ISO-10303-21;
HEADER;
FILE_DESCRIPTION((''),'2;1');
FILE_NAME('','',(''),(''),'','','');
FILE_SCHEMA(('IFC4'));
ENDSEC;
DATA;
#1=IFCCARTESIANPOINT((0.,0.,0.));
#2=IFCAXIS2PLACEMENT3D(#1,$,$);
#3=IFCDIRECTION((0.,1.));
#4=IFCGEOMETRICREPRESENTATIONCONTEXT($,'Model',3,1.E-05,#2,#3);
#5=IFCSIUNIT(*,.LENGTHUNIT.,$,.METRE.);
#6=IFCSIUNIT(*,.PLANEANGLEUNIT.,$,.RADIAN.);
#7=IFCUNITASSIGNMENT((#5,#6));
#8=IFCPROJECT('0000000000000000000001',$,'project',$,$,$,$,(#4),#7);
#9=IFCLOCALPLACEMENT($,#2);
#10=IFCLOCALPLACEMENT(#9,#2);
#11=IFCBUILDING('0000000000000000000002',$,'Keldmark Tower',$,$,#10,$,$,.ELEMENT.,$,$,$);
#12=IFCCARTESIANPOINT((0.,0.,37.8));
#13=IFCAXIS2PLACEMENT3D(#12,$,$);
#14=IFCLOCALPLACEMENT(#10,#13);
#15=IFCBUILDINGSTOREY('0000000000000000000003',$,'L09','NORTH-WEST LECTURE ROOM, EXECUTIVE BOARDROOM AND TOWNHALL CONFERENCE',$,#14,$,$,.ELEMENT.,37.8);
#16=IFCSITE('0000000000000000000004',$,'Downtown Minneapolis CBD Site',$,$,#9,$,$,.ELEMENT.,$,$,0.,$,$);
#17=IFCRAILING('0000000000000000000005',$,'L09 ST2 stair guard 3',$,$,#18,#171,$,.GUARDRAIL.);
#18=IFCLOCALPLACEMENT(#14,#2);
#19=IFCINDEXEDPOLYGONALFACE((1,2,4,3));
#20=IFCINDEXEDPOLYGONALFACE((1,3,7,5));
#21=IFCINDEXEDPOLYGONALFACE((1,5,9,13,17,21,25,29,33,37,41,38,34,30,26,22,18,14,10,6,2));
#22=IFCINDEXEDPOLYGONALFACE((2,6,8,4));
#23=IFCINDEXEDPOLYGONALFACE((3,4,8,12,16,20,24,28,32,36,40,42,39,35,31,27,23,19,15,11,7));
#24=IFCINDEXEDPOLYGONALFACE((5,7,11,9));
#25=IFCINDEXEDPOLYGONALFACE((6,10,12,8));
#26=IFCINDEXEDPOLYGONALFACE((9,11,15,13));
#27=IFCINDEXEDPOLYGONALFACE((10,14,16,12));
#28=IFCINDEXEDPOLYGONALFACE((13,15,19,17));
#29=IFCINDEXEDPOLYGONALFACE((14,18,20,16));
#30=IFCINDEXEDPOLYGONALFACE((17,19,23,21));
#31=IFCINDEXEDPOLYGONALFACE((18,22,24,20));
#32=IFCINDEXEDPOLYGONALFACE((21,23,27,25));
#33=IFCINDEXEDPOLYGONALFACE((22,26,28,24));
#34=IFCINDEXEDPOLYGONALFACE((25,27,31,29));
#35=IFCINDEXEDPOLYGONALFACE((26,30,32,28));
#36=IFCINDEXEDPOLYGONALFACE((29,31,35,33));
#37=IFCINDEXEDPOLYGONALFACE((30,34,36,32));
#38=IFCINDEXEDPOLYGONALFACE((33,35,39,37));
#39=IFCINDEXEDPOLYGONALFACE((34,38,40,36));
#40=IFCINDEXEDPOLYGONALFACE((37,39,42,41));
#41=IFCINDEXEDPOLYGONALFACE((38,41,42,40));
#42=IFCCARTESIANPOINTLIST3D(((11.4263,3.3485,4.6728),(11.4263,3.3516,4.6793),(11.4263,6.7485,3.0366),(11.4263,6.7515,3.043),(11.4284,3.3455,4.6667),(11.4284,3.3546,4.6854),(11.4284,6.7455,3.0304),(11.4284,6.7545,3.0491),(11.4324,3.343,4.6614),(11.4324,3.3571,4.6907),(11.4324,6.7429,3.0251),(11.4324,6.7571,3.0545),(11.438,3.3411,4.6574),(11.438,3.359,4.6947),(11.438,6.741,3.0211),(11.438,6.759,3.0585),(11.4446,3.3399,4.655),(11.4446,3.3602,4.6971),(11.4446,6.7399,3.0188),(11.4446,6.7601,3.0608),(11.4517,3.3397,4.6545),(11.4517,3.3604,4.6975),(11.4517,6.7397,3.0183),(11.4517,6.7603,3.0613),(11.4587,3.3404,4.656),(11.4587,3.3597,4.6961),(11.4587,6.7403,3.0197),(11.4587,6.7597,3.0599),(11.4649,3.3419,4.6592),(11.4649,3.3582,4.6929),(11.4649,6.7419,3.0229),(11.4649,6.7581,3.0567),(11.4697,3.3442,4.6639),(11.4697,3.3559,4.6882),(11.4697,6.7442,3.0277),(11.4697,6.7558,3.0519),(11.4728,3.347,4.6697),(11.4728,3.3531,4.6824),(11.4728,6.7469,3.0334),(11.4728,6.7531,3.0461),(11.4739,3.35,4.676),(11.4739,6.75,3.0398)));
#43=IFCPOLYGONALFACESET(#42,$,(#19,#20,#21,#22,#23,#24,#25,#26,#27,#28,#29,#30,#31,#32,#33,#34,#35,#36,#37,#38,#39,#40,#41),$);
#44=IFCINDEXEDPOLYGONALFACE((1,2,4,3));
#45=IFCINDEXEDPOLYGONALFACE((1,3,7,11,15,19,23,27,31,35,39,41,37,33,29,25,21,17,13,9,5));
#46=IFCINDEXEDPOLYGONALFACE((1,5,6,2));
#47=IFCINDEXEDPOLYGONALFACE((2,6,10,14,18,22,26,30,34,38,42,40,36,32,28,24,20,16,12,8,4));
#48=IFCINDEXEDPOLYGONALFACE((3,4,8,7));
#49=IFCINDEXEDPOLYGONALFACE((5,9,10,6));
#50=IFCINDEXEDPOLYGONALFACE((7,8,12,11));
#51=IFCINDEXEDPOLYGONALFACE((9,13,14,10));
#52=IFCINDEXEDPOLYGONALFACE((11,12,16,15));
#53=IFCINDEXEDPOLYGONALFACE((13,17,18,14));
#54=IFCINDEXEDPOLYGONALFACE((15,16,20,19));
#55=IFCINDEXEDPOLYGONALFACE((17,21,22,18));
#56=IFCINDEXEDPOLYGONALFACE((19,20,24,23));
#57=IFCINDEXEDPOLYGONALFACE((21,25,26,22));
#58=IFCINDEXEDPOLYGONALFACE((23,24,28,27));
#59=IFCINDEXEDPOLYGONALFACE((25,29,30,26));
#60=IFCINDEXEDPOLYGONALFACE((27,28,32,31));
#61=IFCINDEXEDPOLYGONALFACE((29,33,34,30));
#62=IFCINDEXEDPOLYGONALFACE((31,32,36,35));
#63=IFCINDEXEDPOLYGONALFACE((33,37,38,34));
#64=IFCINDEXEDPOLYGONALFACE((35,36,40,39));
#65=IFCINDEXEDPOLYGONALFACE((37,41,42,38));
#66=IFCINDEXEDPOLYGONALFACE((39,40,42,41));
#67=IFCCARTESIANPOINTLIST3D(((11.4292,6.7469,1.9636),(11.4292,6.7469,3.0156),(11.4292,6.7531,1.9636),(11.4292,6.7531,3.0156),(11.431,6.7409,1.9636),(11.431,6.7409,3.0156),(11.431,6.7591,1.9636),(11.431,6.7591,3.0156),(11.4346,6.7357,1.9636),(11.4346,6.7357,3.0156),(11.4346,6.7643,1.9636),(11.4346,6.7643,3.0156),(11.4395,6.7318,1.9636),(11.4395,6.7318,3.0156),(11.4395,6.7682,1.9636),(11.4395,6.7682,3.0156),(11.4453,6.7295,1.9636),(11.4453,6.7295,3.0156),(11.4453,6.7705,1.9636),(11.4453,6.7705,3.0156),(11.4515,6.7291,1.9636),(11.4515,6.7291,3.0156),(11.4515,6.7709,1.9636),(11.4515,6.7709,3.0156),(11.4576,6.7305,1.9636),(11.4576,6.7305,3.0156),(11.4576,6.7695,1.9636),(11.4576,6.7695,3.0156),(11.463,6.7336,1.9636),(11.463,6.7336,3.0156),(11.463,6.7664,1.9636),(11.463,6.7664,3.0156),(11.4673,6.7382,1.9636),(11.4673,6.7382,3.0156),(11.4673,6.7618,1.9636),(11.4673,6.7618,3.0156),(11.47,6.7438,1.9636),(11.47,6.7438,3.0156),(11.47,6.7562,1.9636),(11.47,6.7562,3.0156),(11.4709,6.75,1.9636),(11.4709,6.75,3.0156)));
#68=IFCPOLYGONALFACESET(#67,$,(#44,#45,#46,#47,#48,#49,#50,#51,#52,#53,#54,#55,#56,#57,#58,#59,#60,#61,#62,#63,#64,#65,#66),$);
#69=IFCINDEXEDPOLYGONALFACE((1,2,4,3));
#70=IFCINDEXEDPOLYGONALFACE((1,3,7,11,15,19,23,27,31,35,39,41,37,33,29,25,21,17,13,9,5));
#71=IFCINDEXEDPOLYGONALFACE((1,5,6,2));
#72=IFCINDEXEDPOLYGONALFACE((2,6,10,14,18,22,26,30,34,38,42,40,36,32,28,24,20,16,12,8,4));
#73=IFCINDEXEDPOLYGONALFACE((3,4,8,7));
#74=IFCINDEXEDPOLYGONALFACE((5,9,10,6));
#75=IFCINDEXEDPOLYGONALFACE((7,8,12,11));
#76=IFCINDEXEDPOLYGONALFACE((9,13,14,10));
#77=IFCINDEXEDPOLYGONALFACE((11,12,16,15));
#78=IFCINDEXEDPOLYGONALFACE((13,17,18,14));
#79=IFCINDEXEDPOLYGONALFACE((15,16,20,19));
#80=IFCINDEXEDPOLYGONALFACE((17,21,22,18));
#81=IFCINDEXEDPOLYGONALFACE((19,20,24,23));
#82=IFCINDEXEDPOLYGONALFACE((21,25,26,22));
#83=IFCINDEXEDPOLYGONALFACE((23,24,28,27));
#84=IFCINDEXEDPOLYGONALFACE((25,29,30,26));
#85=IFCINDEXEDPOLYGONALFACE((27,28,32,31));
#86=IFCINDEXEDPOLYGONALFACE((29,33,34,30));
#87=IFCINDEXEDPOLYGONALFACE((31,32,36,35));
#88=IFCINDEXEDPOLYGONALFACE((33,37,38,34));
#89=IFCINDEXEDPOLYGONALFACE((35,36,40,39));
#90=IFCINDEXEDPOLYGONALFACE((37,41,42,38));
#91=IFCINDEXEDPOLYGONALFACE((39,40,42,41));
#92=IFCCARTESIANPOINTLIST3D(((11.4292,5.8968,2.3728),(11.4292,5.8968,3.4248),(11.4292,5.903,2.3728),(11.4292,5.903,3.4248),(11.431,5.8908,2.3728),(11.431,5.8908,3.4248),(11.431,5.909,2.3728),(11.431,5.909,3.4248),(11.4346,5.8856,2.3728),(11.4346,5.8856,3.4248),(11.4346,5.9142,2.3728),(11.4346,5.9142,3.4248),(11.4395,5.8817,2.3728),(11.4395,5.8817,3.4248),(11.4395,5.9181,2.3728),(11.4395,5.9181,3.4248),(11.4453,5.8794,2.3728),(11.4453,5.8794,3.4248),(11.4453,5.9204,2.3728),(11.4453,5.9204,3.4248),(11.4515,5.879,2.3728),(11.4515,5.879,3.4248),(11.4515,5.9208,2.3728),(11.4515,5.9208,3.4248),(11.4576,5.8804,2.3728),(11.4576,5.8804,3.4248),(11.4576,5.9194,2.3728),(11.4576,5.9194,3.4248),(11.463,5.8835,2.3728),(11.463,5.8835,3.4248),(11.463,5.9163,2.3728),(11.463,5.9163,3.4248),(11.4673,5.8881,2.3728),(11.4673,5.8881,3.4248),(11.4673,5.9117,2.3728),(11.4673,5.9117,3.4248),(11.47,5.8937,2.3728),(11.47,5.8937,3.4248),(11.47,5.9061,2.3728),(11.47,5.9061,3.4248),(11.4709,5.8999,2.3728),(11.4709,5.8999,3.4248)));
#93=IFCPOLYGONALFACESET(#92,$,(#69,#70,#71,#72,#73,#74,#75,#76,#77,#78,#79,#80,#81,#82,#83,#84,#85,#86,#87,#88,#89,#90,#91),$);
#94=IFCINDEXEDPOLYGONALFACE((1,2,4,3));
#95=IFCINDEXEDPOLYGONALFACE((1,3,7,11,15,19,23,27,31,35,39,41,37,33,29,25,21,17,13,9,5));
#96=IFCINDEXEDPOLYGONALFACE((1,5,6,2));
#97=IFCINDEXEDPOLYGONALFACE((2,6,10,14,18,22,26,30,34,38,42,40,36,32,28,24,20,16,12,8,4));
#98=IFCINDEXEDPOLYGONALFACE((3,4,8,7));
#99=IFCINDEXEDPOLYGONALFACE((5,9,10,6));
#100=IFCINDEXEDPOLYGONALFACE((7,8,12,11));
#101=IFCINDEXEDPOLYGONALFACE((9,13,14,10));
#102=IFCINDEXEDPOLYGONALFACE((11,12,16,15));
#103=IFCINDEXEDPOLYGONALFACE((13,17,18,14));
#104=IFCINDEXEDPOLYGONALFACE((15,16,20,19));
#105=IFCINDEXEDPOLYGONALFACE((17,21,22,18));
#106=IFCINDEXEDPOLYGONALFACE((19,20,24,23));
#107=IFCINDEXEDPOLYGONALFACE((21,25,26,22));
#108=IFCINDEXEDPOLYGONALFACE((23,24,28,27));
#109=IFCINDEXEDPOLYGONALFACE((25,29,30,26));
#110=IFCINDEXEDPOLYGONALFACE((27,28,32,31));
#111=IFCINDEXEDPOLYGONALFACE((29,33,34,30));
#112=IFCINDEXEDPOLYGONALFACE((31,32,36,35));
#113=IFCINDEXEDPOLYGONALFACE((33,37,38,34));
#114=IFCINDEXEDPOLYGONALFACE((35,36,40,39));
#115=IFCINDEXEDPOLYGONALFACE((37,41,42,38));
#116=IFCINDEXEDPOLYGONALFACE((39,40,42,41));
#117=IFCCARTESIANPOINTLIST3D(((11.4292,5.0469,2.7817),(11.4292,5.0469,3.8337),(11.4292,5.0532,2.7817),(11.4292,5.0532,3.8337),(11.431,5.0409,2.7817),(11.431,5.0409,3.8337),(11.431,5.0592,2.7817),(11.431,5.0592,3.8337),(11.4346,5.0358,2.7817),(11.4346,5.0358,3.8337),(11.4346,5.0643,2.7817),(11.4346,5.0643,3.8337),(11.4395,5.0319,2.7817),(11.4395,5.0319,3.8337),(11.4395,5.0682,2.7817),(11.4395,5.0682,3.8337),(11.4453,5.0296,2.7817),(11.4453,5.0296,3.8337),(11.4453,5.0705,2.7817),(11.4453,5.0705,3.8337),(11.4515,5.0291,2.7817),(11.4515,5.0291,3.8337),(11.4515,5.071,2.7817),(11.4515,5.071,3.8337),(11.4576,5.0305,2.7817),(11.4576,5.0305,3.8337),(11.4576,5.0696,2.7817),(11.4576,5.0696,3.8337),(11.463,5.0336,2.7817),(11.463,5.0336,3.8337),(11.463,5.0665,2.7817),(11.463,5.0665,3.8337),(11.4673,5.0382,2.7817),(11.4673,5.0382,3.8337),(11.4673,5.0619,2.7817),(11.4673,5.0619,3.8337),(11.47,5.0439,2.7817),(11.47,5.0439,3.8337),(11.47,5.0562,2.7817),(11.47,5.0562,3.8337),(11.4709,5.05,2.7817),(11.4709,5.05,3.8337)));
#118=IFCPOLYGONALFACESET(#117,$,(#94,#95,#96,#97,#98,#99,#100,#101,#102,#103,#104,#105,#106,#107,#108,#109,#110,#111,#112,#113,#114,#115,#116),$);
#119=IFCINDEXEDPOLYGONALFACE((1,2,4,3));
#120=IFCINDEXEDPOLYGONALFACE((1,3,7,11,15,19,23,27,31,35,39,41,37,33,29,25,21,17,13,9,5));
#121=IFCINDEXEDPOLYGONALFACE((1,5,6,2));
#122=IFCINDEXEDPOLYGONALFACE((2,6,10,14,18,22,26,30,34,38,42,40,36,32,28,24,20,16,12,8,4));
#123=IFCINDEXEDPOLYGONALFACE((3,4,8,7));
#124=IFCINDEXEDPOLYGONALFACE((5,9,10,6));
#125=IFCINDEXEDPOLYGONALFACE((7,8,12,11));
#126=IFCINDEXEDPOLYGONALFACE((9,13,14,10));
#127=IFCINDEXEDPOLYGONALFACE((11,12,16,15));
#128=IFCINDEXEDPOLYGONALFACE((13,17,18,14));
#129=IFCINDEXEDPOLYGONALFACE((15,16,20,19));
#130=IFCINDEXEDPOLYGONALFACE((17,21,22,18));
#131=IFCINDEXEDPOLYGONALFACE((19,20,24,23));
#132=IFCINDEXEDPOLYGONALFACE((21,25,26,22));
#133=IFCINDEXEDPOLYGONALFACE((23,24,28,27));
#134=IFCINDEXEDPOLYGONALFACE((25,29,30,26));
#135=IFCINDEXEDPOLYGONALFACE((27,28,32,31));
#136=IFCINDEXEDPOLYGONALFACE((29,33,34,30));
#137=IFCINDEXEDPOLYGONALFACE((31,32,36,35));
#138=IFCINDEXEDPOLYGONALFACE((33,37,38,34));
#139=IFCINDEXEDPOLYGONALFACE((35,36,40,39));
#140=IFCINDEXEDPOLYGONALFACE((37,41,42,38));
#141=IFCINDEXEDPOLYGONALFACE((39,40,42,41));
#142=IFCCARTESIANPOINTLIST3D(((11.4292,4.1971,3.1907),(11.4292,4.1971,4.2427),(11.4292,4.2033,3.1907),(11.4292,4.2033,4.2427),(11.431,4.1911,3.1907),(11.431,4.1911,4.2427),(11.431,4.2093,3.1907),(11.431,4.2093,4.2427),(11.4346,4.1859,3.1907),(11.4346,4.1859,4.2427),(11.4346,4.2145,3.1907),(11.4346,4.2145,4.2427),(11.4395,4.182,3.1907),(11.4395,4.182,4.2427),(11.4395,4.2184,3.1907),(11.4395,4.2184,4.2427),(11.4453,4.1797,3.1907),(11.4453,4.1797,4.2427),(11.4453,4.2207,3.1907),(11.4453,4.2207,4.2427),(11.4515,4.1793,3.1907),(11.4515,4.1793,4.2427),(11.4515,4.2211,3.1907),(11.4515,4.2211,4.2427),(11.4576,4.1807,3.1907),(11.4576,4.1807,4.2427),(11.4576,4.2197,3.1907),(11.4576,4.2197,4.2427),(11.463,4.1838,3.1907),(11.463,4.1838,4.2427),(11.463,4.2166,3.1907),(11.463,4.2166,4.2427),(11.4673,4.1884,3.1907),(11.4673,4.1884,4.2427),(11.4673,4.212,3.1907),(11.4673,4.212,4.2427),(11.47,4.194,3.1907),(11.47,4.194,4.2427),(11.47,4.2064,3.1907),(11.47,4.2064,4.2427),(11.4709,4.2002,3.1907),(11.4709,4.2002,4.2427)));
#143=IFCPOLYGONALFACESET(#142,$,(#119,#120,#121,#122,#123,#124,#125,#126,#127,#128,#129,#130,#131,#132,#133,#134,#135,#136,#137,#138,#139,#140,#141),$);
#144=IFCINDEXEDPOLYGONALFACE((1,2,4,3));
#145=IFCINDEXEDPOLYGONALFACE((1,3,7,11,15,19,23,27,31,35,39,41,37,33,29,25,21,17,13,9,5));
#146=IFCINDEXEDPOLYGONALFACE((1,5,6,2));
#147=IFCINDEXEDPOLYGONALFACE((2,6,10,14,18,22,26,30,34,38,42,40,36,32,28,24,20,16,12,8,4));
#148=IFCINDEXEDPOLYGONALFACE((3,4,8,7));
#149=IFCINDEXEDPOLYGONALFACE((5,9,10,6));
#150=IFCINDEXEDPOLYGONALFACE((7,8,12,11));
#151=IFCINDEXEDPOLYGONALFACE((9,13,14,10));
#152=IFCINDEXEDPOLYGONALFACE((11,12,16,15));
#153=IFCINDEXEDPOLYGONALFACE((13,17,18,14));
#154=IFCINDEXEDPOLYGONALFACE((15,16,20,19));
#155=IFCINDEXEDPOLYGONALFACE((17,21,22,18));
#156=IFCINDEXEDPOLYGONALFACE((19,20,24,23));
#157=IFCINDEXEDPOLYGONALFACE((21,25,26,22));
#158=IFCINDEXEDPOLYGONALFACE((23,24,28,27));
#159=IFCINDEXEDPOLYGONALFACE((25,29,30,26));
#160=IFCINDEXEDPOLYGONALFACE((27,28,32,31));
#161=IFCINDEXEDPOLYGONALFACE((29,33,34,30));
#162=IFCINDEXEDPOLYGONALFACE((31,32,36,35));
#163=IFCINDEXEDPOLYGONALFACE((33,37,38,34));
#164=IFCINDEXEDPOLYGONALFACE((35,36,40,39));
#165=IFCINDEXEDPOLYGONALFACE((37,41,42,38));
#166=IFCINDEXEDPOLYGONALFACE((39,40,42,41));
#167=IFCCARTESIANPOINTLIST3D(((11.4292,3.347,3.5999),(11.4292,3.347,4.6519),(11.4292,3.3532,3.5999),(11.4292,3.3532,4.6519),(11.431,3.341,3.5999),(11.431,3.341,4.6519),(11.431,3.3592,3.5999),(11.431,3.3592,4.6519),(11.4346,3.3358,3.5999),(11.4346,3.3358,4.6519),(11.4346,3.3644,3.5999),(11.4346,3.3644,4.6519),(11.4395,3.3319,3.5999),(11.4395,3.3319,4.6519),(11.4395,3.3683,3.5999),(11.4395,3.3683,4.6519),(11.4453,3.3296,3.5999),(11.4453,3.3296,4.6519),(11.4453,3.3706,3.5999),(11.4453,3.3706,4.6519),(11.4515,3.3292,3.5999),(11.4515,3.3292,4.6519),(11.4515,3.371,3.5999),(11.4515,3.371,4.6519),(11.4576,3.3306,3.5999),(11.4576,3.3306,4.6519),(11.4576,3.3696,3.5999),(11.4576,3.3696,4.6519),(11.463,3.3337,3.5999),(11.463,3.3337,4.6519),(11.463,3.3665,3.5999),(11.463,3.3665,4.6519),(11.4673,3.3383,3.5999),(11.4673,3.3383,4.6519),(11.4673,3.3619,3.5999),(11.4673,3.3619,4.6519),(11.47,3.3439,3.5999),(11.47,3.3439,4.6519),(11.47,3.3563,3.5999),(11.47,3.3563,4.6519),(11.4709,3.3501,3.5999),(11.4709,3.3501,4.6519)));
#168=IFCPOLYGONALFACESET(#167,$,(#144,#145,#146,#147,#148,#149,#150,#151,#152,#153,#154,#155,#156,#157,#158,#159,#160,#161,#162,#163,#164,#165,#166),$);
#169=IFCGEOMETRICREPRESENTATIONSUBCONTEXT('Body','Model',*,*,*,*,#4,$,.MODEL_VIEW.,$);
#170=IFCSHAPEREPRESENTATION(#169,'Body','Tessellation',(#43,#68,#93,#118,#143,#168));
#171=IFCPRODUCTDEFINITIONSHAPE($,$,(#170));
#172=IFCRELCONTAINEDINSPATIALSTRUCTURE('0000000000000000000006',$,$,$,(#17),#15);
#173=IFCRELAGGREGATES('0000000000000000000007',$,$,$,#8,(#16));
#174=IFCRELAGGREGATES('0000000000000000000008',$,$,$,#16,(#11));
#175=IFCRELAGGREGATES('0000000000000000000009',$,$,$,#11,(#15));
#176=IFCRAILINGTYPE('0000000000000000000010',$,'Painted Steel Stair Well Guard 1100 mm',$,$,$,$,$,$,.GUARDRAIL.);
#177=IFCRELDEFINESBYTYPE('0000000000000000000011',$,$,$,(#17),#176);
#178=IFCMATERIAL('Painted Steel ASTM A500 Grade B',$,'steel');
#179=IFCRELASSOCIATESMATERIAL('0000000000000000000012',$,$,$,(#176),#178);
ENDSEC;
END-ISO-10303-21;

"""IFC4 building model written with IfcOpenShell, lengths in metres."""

from ifc_helpers import new_model, si_unit, direction, frame, origin, origin_2d, place, context, subcontext, project, spatial, circle, extrude, material, type_object, element, save


model = new_model("IFC4")

# Units and contexts
model_context = context("Model", 3, precision=1e-05, world=origin(), true_north=direction((0.0, 1.0)))
body_context = subcontext(model_context, "Body", "Model", "MODEL_VIEW")
ifc_project = project(units=[si_unit("LENGTHUNIT", "METRE"), si_unit("PLANEANGLEUNIT", "RADIAN")], contexts=[model_context])

# Site, building, storey
site_placement = place(None, origin())
site = spatial("IfcSite", under=ifc_project, at=site_placement, Name="Downtown Minneapolis CBD Site", CompositionType="ELEMENT", RefElevation=0.0)
building_placement = place(site_placement, origin())
building = spatial("IfcBuilding", under=site, at=building_placement, Name="Keldmark Tower", CompositionType="ELEMENT")
storey_placement = place(building_placement, frame((0.0, 0.0, 37.8)))
storey = spatial("IfcBuildingStorey", under=building, at=storey_placement, Name="L09", Description="NORTH-WEST LECTURE ROOM, EXECUTIVE BOARDROOM AND TOWNHALL CONFERENCE", CompositionType="ELEMENT", Elevation=37.8)

# Railing
ifc_material_1 = material(Name="Painted Steel ASTM A500 Grade B", Category="steel")
railing_type_1 = type_object("IfcRailingType", Name="Painted Steel Stair Well Guard 1100 mm", PredefinedType="GUARDRAIL", material=ifc_material_1)
railing_1_placement = place(storey_placement, frame((11.45, 6.75, 1.9636)))
element("IfcRailing", 1, at=railing_1_placement, inside=storey, type_object=railing_type_1, Name="L09 ST2 stair guard 3", PredefinedType="GUARDRAIL", context=body_context, shape_type="SweptSolid", body=[
    extrude(circle(Radius=0.0239, at=origin_2d()), frame((0.0, 0.0, 1.0762), z_axis=(0.0, -0.90108, 0.433652), x_axis=(1.0, 0.0, 0.0)), (0.0, 0.0, 1.0), 3.7732),
    extrude(circle(Radius=0.021, at=origin_2d()), origin(), (0.0, 0.0, 1.0), 1.052),
    extrude(circle(Radius=0.021, at=origin_2d()), frame((0.0, -0.8501, 0.4092)), (0.0, 0.0, 1.0), 1.052),
    extrude(circle(Radius=0.021, at=origin_2d()), frame((0.0, -1.7, 0.8181)), (0.0, 0.0, 1.0), 1.052),
    extrude(circle(Radius=0.021, at=origin_2d()), frame((0.0, -2.5498, 1.2271)), (0.0, 0.0, 1.0), 1.052),
    extrude(circle(Radius=0.021, at=origin_2d()), frame((0.0, -3.3999, 1.6362)), (0.0, 0.0, 1.0), 1.052),
])

save(model, "model.ifc")
